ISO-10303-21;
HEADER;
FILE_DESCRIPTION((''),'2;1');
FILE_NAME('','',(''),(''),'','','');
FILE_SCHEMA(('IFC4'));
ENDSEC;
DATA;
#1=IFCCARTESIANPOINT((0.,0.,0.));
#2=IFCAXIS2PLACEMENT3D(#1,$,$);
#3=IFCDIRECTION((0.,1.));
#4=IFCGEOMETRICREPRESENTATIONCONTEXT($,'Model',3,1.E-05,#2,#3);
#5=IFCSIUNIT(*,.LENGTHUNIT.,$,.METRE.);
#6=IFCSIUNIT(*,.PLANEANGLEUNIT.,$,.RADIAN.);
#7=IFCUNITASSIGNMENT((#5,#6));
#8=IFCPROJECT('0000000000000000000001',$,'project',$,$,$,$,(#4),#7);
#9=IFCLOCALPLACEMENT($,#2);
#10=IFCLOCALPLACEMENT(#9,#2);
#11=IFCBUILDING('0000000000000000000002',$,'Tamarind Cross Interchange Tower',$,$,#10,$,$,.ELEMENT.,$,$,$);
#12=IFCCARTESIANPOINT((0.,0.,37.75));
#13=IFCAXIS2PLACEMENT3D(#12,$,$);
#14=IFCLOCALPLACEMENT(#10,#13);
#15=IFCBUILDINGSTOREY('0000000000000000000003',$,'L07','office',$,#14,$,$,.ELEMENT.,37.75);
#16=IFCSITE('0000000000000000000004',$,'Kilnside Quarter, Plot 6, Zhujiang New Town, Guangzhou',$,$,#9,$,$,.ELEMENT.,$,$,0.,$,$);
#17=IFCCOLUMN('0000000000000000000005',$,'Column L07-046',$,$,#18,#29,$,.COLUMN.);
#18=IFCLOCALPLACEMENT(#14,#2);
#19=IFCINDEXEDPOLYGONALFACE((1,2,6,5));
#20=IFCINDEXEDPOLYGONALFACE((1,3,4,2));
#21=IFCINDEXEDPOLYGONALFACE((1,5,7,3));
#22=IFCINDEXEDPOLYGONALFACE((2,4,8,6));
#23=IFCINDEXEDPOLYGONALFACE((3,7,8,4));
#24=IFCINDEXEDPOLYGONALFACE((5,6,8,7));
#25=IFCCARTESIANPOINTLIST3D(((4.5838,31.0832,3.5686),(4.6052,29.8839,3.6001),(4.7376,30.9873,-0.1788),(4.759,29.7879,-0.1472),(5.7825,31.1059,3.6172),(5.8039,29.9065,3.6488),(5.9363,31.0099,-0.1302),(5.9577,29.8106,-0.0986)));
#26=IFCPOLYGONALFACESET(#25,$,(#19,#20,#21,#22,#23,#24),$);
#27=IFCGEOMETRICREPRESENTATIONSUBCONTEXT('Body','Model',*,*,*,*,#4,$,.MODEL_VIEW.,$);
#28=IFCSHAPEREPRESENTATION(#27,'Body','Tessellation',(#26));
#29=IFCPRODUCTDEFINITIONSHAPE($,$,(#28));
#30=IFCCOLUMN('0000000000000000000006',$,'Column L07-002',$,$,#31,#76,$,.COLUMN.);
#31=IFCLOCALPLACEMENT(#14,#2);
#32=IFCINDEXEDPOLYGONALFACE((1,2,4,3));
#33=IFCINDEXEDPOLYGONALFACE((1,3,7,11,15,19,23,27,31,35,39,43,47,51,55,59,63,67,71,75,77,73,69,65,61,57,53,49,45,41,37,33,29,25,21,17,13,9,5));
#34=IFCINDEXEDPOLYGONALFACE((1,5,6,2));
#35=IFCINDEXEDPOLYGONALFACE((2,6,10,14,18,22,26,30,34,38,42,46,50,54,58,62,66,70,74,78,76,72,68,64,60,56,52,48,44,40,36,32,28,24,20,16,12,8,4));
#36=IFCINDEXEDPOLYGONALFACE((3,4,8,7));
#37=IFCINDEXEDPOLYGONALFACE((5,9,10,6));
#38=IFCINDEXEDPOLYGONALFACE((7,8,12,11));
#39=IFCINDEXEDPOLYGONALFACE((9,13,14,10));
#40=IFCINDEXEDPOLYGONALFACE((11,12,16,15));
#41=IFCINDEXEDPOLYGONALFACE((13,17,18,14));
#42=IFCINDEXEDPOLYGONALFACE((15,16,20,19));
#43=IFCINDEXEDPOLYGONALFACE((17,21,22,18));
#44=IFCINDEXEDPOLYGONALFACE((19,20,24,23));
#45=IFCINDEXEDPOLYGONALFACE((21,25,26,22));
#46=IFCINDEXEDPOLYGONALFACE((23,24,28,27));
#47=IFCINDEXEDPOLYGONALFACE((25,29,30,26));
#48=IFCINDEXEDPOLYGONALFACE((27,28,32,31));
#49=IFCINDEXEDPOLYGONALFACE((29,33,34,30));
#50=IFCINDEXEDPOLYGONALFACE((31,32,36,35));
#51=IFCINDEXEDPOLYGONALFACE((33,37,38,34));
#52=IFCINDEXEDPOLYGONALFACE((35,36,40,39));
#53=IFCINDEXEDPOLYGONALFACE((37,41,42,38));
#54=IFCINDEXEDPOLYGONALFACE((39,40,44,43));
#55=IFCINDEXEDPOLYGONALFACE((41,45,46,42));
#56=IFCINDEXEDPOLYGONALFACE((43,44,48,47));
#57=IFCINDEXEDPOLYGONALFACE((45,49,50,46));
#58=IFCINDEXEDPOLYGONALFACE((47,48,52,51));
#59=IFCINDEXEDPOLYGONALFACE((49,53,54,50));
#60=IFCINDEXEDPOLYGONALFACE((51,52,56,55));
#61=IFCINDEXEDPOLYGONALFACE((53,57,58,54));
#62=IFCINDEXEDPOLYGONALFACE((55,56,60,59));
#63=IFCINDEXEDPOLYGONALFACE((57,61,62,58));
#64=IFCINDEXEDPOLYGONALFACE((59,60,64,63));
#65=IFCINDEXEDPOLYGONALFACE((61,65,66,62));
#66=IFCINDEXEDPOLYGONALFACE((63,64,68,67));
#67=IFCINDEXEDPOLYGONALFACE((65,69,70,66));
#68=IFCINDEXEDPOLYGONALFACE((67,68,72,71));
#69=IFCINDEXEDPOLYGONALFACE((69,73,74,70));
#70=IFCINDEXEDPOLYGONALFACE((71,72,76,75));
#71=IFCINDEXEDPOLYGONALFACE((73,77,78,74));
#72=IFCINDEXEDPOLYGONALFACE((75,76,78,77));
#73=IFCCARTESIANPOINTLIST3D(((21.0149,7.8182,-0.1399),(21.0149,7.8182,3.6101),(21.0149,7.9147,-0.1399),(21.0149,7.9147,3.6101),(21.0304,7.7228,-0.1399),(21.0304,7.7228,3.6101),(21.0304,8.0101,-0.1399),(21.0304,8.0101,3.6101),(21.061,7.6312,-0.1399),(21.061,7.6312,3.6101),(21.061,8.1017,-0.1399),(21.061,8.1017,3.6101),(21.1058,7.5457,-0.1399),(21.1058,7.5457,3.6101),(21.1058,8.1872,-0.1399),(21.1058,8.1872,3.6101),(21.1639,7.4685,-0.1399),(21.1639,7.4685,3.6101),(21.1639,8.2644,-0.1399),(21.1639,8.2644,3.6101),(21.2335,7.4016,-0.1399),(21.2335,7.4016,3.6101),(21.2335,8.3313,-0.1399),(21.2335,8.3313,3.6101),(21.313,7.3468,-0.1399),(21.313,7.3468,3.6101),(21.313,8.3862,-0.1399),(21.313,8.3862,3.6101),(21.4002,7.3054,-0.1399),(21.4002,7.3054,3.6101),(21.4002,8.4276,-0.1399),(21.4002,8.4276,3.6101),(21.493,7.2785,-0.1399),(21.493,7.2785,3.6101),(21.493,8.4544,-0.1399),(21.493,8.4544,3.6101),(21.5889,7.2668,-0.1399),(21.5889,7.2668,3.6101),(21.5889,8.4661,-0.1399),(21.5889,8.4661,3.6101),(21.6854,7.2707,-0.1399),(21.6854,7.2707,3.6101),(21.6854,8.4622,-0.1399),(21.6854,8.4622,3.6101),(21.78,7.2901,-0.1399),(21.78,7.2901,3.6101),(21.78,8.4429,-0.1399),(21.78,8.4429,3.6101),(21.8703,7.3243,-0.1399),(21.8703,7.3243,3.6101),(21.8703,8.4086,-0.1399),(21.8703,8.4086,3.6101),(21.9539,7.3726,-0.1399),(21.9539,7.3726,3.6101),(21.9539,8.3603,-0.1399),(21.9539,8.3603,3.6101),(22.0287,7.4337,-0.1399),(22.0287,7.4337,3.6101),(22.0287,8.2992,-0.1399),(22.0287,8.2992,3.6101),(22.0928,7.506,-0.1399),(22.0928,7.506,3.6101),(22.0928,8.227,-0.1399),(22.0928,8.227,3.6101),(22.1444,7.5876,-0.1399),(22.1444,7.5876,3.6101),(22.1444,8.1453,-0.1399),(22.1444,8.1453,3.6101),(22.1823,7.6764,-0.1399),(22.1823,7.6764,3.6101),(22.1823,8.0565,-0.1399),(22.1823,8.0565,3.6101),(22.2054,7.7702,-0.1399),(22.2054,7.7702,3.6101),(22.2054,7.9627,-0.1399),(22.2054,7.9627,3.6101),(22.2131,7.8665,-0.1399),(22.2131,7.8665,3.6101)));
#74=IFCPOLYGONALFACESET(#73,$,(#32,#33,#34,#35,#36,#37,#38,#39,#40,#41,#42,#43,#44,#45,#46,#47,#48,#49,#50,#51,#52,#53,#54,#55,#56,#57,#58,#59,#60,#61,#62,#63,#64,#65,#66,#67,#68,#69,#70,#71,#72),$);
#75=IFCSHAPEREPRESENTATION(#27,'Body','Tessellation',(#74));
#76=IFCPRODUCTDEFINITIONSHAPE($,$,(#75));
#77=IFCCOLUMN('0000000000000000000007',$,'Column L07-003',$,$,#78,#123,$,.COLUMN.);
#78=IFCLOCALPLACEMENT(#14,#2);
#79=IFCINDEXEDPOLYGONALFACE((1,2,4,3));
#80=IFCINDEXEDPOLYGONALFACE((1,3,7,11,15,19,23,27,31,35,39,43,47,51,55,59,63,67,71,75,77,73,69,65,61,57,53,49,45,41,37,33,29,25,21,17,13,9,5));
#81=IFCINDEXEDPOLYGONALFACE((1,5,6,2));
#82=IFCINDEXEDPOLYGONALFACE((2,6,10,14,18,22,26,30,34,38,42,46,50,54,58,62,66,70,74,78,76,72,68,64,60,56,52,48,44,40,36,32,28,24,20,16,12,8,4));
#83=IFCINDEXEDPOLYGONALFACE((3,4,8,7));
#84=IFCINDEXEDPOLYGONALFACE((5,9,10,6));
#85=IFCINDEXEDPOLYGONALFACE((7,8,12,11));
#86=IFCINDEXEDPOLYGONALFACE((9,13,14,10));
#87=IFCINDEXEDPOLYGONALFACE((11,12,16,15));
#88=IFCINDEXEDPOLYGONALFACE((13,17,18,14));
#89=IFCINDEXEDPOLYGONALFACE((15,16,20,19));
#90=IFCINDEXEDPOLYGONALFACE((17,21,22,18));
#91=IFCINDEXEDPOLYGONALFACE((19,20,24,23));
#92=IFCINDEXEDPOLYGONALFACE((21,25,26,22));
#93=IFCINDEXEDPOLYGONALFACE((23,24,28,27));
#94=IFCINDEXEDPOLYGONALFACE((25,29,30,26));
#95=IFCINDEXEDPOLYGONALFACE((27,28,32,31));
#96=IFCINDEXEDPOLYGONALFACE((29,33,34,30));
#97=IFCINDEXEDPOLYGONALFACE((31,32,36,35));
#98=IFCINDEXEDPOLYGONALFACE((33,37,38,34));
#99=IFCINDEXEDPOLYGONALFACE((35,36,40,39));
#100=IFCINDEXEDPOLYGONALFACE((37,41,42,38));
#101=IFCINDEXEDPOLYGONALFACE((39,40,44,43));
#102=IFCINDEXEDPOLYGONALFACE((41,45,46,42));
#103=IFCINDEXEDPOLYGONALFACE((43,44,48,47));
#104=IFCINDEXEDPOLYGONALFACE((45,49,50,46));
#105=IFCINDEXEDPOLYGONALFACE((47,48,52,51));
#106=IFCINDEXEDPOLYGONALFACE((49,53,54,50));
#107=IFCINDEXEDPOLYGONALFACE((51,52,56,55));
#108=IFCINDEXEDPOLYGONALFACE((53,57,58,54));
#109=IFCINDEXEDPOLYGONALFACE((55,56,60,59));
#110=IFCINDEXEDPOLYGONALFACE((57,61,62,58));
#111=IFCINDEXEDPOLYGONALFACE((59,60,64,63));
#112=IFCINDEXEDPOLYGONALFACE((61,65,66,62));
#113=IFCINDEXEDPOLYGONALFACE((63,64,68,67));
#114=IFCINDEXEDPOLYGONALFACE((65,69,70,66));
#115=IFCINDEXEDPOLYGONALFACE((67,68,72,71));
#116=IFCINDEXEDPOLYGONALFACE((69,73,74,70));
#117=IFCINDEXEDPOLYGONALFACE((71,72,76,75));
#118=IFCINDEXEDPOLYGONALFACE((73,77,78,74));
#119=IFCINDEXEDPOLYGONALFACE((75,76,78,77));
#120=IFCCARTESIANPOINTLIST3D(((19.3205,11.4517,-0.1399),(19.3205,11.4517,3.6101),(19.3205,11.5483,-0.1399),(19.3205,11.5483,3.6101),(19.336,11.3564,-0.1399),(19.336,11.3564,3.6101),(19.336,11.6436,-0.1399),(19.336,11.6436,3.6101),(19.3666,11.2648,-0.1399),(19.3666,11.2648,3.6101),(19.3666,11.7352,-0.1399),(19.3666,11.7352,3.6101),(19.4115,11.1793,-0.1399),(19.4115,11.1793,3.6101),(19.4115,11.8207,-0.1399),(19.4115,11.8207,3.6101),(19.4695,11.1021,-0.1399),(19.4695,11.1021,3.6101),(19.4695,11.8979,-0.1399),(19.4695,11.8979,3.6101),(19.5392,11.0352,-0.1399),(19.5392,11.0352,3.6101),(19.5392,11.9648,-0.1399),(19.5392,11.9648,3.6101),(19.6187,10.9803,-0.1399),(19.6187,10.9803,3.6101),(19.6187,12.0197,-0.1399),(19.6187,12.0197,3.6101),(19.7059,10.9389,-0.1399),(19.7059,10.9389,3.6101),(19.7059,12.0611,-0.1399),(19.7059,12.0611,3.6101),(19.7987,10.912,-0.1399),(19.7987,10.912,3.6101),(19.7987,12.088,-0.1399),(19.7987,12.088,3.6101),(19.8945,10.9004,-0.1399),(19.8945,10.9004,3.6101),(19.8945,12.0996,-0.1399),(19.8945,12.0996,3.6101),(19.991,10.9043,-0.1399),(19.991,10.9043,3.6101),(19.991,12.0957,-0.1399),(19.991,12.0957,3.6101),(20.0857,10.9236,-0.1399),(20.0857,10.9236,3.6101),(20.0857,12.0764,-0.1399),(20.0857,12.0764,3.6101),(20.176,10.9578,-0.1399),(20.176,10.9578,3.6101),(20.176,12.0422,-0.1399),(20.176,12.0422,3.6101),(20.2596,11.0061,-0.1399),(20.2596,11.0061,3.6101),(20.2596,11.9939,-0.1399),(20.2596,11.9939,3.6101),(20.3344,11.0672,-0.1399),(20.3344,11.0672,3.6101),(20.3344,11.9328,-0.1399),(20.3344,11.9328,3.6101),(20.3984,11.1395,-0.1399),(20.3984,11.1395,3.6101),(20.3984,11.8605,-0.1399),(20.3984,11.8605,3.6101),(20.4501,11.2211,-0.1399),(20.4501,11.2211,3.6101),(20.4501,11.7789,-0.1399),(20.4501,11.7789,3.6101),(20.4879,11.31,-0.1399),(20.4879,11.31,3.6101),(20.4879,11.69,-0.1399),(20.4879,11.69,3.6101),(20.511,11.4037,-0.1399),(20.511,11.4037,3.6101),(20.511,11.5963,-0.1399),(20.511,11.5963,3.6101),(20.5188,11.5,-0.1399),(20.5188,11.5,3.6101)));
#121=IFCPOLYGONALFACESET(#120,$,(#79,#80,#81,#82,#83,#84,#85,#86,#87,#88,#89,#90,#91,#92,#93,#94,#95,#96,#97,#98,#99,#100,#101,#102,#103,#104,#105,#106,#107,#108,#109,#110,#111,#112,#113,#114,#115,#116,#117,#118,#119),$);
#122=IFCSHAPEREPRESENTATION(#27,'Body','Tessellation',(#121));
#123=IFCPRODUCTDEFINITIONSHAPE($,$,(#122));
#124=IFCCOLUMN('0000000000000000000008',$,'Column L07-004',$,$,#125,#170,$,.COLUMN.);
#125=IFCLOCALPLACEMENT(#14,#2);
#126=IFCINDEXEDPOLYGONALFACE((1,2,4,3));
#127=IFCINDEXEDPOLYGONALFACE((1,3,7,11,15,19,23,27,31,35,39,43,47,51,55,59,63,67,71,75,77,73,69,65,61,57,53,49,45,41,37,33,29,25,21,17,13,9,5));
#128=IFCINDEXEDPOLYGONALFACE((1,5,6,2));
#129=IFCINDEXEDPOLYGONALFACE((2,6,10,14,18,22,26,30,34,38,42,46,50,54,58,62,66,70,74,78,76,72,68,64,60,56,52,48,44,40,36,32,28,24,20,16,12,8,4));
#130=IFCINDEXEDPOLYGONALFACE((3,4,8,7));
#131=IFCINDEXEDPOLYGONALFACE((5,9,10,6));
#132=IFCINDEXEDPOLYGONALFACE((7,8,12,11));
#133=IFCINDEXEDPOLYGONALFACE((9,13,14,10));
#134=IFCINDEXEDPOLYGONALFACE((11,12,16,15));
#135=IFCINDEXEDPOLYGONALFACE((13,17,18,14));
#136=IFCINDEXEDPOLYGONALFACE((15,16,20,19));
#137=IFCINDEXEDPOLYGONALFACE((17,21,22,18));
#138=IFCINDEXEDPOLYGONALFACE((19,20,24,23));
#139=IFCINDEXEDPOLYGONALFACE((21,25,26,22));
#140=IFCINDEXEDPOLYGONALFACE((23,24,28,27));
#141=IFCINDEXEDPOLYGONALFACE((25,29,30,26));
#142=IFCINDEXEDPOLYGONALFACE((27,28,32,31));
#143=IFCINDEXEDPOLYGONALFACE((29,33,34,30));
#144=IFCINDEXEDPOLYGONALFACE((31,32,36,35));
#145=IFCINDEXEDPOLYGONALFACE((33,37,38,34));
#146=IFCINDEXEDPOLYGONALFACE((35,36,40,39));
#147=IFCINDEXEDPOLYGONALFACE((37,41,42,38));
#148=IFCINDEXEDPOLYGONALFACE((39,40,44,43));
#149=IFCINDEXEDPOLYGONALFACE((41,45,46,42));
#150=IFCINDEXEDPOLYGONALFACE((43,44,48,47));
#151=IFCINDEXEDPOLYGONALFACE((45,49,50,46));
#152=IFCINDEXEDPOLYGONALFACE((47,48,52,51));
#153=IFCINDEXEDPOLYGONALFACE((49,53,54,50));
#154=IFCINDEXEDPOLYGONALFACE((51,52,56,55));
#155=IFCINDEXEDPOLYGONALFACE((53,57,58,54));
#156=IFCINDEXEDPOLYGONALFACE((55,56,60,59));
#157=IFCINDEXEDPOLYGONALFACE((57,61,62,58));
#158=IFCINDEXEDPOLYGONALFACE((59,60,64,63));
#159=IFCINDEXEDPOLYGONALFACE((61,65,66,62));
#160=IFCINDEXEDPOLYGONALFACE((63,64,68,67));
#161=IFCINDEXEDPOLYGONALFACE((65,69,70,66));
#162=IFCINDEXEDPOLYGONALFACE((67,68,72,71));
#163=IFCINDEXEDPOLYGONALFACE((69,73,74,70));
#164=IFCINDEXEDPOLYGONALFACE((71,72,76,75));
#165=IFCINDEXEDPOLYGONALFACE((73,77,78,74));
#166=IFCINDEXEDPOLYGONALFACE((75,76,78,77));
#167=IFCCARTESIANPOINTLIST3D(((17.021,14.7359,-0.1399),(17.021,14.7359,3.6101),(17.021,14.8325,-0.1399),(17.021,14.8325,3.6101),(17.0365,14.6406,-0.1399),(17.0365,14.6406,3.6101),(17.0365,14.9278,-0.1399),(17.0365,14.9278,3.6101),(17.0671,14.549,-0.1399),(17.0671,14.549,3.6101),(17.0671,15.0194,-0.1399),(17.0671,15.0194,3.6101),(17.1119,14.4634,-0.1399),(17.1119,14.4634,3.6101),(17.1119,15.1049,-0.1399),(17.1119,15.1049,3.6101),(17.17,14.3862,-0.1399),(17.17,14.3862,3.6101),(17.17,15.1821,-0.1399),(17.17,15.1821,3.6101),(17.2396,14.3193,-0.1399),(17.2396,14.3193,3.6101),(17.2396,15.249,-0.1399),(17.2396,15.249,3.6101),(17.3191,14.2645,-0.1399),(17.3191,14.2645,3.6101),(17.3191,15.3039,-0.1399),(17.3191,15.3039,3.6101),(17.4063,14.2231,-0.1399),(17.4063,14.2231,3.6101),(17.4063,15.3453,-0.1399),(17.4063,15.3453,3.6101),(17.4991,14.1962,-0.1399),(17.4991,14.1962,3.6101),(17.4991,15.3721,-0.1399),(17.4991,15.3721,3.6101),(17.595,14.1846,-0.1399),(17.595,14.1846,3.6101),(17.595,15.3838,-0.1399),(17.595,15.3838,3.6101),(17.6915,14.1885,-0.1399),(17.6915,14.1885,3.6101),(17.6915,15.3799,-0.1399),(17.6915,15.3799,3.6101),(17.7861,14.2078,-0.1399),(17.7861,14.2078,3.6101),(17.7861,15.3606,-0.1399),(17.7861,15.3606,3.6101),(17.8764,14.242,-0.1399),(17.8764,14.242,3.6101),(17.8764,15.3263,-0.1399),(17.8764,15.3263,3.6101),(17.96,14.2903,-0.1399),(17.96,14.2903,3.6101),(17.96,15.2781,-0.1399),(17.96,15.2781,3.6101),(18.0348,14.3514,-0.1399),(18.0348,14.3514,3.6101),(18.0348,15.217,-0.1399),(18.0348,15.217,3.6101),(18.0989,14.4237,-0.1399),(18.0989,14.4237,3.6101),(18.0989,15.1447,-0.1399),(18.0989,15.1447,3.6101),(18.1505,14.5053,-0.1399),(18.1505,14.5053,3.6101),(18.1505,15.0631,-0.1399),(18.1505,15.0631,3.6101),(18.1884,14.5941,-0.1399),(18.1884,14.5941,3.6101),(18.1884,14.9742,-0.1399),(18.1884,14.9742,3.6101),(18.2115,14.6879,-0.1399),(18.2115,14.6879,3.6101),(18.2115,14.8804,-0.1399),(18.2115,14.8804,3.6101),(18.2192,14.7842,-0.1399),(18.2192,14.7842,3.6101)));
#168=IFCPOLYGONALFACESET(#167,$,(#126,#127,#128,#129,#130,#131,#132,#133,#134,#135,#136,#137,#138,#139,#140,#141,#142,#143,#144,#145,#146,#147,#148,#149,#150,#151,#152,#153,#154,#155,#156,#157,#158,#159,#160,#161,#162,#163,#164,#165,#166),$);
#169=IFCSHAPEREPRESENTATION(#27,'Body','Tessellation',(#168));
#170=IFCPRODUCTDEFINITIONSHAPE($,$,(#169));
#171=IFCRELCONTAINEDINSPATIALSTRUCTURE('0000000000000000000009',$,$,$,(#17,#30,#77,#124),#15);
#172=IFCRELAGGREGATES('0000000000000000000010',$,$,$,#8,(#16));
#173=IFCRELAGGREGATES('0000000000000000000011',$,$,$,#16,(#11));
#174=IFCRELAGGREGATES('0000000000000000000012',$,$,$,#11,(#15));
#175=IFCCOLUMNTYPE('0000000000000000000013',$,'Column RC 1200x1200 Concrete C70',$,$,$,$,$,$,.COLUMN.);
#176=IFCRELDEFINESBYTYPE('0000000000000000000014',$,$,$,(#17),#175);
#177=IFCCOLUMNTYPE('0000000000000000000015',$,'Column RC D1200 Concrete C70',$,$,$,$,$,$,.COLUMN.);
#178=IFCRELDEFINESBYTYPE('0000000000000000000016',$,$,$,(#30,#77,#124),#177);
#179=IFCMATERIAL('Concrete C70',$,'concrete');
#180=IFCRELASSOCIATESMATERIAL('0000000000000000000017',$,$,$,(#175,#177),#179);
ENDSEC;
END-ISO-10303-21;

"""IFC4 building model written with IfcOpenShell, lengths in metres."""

from ifc_helpers import new_model, si_unit, direction, frame, origin, origin_2d, place, context, subcontext, project, spatial, rectangle, circle, extrude, material, material_profile, profile_set, type_object, element, save


model = new_model("IFC4")

# Units and contexts
model_context = context("Model", 3, precision=1e-05, world=origin(), true_north=direction((0.0, 1.0)))
body_context = subcontext(model_context, "Body", "Model", "MODEL_VIEW")
ifc_project = project(units=[si_unit("LENGTHUNIT", "METRE"), si_unit("PLANEANGLEUNIT", "RADIAN")], contexts=[model_context])

# Site, building, storey
site_placement = place(None, origin())
site = spatial("IfcSite", under=ifc_project, at=site_placement, Name="Kilnside Quarter, Plot 6, Zhujiang New Town, Guangzhou", CompositionType="ELEMENT", RefElevation=0.0)
building_placement = place(site_placement, origin())
building = spatial("IfcBuilding", under=site, at=building_placement, Name="Tamarind Cross Interchange Tower", CompositionType="ELEMENT")
storey_placement = place(building_placement, frame((0.0, 0.0, 37.75)))
storey = spatial("IfcBuildingStorey", under=building, at=storey_placement, Name="L07", Description="office", CompositionType="ELEMENT", Elevation=37.75)

# Columns
ifc_material_1 = material(Name="Concrete C70", Category="concrete")
ifc_material_profile_1 = material_profile(ifc_material_1, rectangle(XDim=1.2, YDim=1.2, at=origin_2d()), Name="RC 1200x1200")
ifc_profile_set_1 = profile_set([ifc_material_profile_1], Name="Concrete C70")
column_type_1 = type_object("IfcColumnType", Name="Column RC 1200x1200 Concrete C70", PredefinedType="COLUMN", material=ifc_profile_set_1)
column_placement = place(storey_placement, frame((5.3477, 30.3989, -0.1387), z_axis=(-0.040997, 0.025574, 0.998832), x_axis=(0.017816, -0.999495, 0.026323)))
element("IfcColumn", 1, at=column_placement, inside=storey, type_object=column_type_1, Name="Column L07-046", PredefinedType="COLUMN", context=body_context, shape_type="SweptSolid", body=[
    extrude(rectangle(XDim=1.2, YDim=1.2, at=origin_2d()), origin(), (0.0, 0.0, 1.0), 3.7517),
])
ifc_material_profile_2 = material_profile(ifc_material_1, circle(Radius=0.6001, at=origin_2d()), Name="RC D1200")
ifc_profile_set_2 = profile_set([ifc_material_profile_2], Name="Concrete C70")
column_type_2 = type_object("IfcColumnType", Name="Column RC D1200 Concrete C70", PredefinedType="COLUMN", material=ifc_profile_set_2)
for number, where, z_axis, x_axis, name in (
    (2, (21.613, 7.8665, -0.1399), (0.0, 0.0, 1.0), (1.0, 0.0, 0.0), "Column L07-002"),
    (3, (19.9187, 11.5, -0.1399), (0.0, 0.0, 1.0), (1.0, 0.0, 0.0), "Column L07-003"),
    (4, (17.6191, 14.7842, -0.1399), (0.0, 0.0, 1.0), (1.0, 0.0, 0.0), "Column L07-004"),
):
    element("IfcColumn", number, at=place(storey_placement, frame(where, z_axis=z_axis, x_axis=x_axis)), inside=storey, type_object=column_type_2, Name=name, PredefinedType="COLUMN", context=body_context, shape_type="SweptSolid", body=[
        extrude(circle(Radius=0.6001, at=origin_2d()), origin(), (0.0, 0.0, 1.0), 3.75),
    ])

save(model, "model.ifc")
